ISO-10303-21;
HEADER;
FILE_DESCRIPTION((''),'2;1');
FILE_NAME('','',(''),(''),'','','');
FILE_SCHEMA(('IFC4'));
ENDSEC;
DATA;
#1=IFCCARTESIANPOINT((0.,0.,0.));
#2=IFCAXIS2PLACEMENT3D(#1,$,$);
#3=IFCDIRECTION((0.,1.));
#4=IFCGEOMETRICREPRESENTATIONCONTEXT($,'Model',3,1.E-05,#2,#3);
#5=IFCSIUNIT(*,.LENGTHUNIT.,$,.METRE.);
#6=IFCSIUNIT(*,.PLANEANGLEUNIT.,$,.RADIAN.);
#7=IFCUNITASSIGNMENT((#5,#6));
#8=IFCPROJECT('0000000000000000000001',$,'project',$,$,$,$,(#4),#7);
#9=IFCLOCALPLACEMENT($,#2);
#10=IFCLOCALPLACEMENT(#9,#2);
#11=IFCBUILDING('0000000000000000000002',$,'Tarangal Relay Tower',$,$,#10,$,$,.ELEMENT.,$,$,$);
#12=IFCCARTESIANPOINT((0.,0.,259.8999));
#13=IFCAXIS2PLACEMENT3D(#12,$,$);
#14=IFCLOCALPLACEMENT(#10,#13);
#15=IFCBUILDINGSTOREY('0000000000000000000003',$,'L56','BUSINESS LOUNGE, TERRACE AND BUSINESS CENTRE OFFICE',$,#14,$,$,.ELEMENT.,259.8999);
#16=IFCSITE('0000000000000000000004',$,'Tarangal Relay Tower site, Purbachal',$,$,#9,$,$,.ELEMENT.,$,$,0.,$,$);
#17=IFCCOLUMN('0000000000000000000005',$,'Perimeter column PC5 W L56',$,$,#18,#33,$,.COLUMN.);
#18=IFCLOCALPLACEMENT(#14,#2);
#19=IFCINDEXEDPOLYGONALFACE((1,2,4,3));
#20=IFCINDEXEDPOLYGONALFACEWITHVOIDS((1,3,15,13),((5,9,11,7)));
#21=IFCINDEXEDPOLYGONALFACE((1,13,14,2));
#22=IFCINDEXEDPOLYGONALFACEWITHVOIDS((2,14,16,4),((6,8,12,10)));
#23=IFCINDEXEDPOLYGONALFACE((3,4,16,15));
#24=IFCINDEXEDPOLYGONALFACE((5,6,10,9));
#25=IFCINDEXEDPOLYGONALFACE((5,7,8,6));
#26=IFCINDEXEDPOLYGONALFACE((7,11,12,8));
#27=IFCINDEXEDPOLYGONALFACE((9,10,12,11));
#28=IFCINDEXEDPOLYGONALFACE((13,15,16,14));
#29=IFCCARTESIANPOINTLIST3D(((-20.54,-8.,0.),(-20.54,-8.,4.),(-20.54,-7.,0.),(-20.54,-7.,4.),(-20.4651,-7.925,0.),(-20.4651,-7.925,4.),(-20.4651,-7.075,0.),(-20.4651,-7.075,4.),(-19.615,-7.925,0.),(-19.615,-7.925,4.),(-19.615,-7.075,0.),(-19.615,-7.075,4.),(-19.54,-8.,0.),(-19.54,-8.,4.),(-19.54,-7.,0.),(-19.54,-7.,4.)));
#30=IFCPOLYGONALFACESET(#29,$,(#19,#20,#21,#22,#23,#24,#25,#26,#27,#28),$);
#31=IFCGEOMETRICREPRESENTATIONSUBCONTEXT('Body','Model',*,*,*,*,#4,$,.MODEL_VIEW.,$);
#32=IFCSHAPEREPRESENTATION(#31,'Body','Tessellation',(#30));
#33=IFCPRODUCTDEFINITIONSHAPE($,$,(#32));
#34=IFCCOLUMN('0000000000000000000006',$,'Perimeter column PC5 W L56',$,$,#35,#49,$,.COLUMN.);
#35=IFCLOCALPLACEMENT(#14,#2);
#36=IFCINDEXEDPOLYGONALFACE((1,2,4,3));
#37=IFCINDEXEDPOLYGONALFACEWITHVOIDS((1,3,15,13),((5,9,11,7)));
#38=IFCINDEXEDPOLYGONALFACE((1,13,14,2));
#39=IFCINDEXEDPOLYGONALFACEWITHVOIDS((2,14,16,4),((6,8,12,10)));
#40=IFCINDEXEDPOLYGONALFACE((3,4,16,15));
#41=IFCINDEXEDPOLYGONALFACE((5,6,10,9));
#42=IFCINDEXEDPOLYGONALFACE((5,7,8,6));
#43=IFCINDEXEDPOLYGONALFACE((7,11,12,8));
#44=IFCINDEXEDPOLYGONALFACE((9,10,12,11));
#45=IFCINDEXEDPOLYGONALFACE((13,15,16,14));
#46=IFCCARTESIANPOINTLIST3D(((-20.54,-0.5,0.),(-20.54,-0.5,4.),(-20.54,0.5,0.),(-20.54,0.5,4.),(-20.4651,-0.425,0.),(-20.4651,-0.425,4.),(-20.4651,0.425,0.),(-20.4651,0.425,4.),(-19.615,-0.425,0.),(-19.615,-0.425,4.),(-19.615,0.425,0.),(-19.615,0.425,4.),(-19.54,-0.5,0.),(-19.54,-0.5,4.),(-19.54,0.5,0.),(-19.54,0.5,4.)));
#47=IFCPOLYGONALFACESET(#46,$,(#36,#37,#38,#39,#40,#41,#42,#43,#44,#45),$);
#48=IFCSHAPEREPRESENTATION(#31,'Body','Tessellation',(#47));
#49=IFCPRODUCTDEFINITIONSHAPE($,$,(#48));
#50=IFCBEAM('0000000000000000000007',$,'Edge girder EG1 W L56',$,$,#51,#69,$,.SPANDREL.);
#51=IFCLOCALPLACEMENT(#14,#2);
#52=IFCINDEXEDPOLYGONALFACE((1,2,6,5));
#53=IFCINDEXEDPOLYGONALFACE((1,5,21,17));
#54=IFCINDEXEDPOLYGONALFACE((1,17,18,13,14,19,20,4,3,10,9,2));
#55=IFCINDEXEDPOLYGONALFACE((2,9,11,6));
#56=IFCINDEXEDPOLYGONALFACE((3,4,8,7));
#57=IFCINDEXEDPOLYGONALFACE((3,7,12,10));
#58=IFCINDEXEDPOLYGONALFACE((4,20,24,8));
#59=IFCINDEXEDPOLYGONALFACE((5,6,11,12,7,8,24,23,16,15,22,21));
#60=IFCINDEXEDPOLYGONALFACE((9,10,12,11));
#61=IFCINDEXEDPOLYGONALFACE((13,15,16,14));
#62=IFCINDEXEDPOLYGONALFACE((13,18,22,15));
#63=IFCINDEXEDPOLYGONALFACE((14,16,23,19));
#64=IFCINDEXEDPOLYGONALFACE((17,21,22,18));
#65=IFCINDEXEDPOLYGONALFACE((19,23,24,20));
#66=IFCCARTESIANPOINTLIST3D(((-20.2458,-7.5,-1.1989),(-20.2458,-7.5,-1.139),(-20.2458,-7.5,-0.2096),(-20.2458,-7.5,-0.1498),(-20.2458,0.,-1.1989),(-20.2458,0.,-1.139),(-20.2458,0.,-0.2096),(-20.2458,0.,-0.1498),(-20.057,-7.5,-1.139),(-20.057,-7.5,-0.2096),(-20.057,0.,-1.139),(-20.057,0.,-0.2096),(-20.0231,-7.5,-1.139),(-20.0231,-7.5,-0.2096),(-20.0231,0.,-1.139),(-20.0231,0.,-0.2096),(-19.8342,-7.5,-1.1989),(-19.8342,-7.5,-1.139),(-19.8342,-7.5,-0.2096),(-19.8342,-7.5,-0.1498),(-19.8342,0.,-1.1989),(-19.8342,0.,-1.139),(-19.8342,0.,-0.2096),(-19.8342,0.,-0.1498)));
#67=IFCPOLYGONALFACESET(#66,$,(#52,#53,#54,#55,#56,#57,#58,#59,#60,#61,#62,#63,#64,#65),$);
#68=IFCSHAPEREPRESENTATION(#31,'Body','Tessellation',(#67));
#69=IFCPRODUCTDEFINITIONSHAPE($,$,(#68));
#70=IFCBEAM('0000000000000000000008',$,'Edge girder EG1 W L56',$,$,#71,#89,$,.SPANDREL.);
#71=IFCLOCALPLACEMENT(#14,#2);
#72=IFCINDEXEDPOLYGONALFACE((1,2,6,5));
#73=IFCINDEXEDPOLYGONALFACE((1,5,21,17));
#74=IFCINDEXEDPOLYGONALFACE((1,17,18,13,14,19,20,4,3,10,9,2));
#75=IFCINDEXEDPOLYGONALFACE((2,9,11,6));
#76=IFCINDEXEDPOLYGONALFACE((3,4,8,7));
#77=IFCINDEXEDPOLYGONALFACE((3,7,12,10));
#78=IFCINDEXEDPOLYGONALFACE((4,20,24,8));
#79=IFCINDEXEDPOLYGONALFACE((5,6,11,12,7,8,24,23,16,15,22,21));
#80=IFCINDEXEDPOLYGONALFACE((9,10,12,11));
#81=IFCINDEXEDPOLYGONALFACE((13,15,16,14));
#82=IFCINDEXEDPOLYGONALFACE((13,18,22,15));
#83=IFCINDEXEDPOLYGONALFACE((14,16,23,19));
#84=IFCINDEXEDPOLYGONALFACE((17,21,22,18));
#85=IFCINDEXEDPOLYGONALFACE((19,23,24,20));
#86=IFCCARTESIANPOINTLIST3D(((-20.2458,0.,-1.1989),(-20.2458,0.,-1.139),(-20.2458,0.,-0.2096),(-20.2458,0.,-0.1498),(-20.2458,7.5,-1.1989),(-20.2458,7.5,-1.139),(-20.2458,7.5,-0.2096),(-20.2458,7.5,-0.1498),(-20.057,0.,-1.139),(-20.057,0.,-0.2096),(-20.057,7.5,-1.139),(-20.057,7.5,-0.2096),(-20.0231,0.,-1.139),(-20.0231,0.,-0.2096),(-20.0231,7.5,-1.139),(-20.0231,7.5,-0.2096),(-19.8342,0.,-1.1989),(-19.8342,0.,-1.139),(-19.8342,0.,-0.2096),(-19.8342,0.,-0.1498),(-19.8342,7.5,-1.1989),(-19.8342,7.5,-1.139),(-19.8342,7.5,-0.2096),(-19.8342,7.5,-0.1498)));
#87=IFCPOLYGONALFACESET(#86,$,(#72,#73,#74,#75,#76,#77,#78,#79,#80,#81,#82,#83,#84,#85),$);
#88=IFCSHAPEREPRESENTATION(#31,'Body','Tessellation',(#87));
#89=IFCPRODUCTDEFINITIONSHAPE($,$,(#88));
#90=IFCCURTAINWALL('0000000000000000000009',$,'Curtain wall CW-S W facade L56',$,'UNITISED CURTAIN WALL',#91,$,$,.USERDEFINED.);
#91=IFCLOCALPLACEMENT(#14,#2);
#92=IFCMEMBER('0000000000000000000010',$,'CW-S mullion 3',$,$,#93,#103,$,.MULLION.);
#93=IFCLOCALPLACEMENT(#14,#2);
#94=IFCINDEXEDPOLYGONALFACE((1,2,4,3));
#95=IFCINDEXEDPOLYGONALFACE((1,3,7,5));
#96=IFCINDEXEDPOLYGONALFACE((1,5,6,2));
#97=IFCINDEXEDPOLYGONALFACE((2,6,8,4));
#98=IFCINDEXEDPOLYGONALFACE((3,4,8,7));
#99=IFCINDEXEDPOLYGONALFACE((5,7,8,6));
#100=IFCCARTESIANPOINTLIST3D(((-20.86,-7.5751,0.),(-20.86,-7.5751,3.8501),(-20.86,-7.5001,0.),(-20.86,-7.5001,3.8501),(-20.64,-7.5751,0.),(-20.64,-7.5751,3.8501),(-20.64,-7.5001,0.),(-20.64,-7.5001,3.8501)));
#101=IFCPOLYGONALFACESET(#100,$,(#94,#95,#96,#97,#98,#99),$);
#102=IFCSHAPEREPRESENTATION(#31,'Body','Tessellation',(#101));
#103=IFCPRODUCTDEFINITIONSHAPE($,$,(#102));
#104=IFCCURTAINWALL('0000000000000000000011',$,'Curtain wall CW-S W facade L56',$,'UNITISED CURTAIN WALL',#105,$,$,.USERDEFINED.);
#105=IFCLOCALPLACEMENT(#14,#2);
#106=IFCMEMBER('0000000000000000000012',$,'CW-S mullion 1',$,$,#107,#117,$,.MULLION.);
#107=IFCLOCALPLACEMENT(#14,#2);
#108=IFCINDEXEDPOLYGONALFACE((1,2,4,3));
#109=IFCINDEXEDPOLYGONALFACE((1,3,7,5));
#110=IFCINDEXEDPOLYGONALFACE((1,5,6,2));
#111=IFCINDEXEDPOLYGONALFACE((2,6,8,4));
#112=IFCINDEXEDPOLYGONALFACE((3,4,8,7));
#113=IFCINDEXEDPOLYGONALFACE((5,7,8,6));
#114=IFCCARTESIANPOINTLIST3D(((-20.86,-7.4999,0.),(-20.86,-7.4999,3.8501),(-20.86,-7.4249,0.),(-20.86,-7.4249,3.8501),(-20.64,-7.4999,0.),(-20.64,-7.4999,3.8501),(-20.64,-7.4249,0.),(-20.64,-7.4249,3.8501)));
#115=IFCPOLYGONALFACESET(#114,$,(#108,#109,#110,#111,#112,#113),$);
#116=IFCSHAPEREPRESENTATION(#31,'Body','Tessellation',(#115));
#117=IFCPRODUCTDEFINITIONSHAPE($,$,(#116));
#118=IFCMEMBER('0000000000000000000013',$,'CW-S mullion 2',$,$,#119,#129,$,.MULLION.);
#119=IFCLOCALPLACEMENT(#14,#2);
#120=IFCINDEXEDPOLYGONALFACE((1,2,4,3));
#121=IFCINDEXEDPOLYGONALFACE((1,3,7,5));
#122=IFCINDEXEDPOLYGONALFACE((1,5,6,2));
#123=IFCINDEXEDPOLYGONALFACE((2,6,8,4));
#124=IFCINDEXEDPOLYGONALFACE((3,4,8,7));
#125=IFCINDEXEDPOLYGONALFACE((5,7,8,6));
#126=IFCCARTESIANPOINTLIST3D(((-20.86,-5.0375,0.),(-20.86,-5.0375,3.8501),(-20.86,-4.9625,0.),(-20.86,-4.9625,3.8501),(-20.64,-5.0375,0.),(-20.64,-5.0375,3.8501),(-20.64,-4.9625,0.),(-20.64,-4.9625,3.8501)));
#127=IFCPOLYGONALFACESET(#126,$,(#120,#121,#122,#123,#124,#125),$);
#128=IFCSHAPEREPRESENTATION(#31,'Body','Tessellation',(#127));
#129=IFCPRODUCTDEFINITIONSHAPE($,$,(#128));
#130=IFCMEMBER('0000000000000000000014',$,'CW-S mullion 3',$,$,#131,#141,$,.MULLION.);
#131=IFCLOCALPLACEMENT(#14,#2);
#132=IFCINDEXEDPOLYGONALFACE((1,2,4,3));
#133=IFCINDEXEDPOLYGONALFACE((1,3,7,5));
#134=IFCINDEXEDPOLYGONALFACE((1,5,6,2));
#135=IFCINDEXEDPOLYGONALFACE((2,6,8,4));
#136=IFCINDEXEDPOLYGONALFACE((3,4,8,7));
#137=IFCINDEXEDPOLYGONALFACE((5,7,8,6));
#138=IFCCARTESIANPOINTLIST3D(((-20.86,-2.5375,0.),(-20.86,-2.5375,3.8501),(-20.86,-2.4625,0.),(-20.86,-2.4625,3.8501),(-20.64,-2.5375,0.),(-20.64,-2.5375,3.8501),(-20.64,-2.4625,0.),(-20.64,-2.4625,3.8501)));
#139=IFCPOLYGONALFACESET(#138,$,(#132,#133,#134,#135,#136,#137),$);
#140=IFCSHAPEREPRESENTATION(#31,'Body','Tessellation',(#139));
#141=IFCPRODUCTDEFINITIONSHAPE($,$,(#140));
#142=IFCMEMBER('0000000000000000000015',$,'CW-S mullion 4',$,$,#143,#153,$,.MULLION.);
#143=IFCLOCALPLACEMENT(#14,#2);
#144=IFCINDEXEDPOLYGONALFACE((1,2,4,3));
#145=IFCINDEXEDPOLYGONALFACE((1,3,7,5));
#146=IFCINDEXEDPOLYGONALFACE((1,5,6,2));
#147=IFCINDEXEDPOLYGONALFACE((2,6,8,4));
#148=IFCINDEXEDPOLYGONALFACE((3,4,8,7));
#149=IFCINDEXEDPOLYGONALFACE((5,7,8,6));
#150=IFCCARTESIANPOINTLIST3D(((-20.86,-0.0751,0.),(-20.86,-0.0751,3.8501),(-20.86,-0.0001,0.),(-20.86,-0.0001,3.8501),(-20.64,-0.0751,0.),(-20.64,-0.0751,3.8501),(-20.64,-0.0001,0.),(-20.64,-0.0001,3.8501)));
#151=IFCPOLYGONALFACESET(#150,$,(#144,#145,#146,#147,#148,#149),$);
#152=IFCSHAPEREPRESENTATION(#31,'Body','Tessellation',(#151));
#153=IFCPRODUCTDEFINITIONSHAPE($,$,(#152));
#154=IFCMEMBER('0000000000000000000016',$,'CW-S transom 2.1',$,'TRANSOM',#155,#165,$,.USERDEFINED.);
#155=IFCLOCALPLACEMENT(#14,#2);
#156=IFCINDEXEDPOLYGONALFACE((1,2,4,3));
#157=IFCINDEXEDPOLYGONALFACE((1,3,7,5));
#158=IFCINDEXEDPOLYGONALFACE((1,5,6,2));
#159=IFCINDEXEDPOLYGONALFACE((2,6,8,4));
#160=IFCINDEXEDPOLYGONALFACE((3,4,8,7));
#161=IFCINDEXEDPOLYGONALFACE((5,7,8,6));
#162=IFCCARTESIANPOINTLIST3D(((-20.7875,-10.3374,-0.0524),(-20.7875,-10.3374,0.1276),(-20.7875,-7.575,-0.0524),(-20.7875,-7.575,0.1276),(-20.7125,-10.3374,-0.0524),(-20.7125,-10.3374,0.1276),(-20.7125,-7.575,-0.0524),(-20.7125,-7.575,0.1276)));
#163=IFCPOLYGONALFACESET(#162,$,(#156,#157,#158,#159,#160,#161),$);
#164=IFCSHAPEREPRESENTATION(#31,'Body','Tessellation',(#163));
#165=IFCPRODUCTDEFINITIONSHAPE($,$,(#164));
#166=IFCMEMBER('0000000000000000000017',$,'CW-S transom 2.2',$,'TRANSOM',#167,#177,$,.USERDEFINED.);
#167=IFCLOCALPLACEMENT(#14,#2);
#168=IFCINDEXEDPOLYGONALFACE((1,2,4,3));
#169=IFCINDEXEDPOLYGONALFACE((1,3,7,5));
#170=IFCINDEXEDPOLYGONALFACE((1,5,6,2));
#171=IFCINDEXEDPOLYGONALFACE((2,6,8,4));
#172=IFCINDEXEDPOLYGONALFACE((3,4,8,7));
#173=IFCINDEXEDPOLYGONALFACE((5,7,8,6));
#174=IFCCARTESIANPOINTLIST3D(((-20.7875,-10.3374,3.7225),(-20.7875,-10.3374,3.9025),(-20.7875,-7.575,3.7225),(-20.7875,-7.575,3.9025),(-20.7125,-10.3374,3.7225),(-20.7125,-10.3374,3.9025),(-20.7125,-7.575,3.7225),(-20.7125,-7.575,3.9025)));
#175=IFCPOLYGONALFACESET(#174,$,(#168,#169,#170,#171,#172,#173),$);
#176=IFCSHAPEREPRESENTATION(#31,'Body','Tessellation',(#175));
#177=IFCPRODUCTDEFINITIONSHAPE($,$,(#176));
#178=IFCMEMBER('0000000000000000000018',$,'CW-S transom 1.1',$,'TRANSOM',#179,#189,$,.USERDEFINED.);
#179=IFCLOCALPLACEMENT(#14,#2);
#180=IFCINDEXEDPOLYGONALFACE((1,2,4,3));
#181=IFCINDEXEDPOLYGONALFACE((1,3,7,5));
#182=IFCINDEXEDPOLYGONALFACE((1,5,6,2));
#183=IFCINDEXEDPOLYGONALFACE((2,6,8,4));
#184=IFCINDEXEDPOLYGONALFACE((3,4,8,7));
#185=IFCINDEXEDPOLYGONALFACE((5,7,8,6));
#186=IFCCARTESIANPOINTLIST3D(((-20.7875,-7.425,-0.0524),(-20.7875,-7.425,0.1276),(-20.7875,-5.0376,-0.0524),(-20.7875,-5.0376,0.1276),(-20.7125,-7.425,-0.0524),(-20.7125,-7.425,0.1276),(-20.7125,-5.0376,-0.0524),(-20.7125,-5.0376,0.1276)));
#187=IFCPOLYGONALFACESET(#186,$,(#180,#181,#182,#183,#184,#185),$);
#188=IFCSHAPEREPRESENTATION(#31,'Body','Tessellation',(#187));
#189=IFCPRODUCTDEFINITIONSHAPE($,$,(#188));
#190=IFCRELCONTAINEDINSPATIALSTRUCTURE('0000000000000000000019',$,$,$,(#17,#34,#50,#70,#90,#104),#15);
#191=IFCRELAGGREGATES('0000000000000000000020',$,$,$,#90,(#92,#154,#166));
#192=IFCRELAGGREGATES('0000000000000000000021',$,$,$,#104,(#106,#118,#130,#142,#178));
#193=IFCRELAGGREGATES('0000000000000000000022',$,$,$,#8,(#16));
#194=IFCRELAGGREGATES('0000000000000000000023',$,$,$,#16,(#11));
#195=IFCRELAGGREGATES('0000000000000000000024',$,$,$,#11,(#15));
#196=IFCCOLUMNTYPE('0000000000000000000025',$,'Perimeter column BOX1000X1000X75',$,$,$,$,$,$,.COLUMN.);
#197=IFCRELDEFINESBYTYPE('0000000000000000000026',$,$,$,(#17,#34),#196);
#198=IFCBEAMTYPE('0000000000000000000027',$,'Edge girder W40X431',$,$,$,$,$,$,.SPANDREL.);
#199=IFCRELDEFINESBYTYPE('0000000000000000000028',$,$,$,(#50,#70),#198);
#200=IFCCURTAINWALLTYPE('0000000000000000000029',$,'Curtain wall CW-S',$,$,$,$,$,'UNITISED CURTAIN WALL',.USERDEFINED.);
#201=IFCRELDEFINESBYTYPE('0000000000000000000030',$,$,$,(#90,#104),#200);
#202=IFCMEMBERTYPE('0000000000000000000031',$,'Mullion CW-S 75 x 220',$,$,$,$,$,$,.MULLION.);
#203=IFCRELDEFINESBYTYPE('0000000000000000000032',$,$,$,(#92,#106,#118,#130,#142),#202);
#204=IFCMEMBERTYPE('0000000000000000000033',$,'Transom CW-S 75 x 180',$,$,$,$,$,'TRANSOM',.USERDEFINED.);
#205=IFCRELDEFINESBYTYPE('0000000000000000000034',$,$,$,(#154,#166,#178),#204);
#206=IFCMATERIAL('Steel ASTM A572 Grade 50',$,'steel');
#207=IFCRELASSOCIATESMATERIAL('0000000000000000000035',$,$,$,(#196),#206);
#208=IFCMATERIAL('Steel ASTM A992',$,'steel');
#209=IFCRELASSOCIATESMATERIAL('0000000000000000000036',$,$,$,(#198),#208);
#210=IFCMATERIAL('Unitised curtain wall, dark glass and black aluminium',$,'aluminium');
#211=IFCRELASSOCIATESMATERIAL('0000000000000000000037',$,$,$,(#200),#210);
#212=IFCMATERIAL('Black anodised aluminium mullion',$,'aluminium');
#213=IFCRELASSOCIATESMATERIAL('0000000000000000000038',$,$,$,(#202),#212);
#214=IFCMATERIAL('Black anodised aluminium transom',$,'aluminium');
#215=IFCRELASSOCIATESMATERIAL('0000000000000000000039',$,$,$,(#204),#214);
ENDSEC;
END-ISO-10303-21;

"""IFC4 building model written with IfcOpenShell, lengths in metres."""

from ifc_helpers import new_model, si_unit, direction, frame, origin, origin_2d, place, context, subcontext, project, spatial, rectangle, hollow_rectangle, i_section, extrude, material, material_profile, profile_set, type_object, element, aggregate, save


model = new_model("IFC4")

# Units and contexts
model_context = context("Model", 3, precision=1e-05, world=origin(), true_north=direction((0.0, 1.0)))
body_context = subcontext(model_context, "Body", "Model", "MODEL_VIEW")
ifc_project = project(units=[si_unit("LENGTHUNIT", "METRE"), si_unit("PLANEANGLEUNIT", "RADIAN")], contexts=[model_context])

# Site, building, storey
site_placement = place(None, origin())
site = spatial("IfcSite", under=ifc_project, at=site_placement, Name="Tarangal Relay Tower site, Purbachal", CompositionType="ELEMENT", RefElevation=0.0)
building_placement = place(site_placement, origin())
building = spatial("IfcBuilding", under=site, at=building_placement, Name="Tarangal Relay Tower", CompositionType="ELEMENT")
storey_placement = place(building_placement, frame((0.0, 0.0, 259.8999)))
storey = spatial("IfcBuildingStorey", under=building, at=storey_placement, Name="L56", Description="BUSINESS LOUNGE, TERRACE AND BUSINESS CENTRE OFFICE", CompositionType="ELEMENT", Elevation=259.8999)

# Columns
ifc_material_1 = material(Name="Steel ASTM A572 Grade 50", Category="steel")
ifc_material_profile_1 = material_profile(ifc_material_1, hollow_rectangle(XDim=1.0, YDim=1.0, WallThickness=0.075, at=origin_2d()), Name="BOX1000X1000X75")
ifc_profile_set_1 = profile_set([ifc_material_profile_1], Name="Steel ASTM A572 Grade 50")
column_type = type_object("IfcColumnType", Name="Perimeter column BOX1000X1000X75", PredefinedType="COLUMN", material=ifc_profile_set_1)
for number, where, z_axis, x_axis, name in (
    (1, (-20.04, -7.5, 0.0), (0.0, 0.0, 1.0), (1.0, 0.0, 0.0), "Perimeter column PC5 W L56"),
    (2, (-20.04, 0.0, 0.0), (0.0, 0.0, 1.0), (1.0, 0.0, 0.0), "Perimeter column PC5 W L56"),
):
    element("IfcColumn", number, at=place(storey_placement, frame(where, z_axis=z_axis, x_axis=x_axis)), inside=storey, type_object=column_type, Name=name, PredefinedType="COLUMN", context=body_context, shape_type="SweptSolid", body=[
        extrude(hollow_rectangle(XDim=1.0, YDim=1.0, WallThickness=0.075, at=origin_2d()), origin(), (0.0, 0.0, 1.0), 4.0),
    ])

# Beams
ifc_material_2 = material(Name="Steel ASTM A992", Category="steel")
ifc_material_profile_2 = material_profile(ifc_material_2, i_section(OverallWidth=0.4116, OverallDepth=1.0491, WebThickness=0.0339, FlangeThickness=0.0598, at=origin_2d()), Name="W40X431")
ifc_profile_set_2 = profile_set([ifc_material_profile_2], Name="Steel ASTM A992")
beam_type = type_object("IfcBeamType", Name="Edge girder W40X431", PredefinedType="SPANDREL", material=ifc_profile_set_2)
for number, where, z_axis, x_axis, name in (
    (3, (-20.04, -7.5, -0.6743), (0.0, 1.0, 0.0), (-1.0, 0.0, 0.0), "Edge girder EG1 W L56"),
    (4, (-20.04, 0.0, -0.6743), (0.0, 1.0, 0.0), (-1.0, 0.0, 0.0), "Edge girder EG1 W L56"),
):
    element("IfcBeam", number, at=place(storey_placement, frame(where, z_axis=z_axis, x_axis=x_axis)), inside=storey, type_object=beam_type, Name=name, PredefinedType="SPANDREL", context=body_context, shape_type="SweptSolid", body=[
        extrude(i_section(OverallWidth=0.4116, OverallDepth=1.0491, WebThickness=0.0339, FlangeThickness=0.0598, at=origin_2d()), origin(), (0.0, 0.0, 1.0), 7.5),
    ])

# Curtain wall, member
ifc_material_3 = material(Name="Unitised curtain wall, dark glass and black aluminium", Category="aluminium")
curtain_wall_type = type_object("IfcCurtainWallType", Name="Curtain wall CW-S", ElementType="UNITISED CURTAIN WALL", PredefinedType="USERDEFINED", material=ifc_material_3)
curtain_wall_1_placement = place(storey_placement, origin())
curtain_wall_1 = element("IfcCurtainWall", 5, at=curtain_wall_1_placement, inside=storey, type_object=curtain_wall_type, Name="Curtain wall CW-S W facade L56", ObjectType="UNITISED CURTAIN WALL", PredefinedType="USERDEFINED")
ifc_material_4 = material(Name="Black anodised aluminium mullion", Category="aluminium")
ifc_material_profile_3 = material_profile(ifc_material_4, rectangle(XDim=0.22, YDim=0.075, at=origin_2d()), Name="CW-SM 75X220")
ifc_profile_set_3 = profile_set([ifc_material_profile_3], Name="Black anodised aluminium mullion")
member_type_1 = type_object("IfcMemberType", Name="Mullion CW-S 75 x 220", PredefinedType="MULLION", material=ifc_profile_set_3)
member_1_placement = place(storey_placement, frame((-20.75, -7.5376, 0.0), z_axis=(0.0, 0.0, 1.0), x_axis=(-1.0, 0.0, 0.0)))
member_1 = element("IfcMember", 6, at=member_1_placement, type_object=member_type_1, Name="CW-S mullion 3", PredefinedType="MULLION", context=body_context, shape_type="SweptSolid", body=[
    extrude(rectangle(XDim=0.22, YDim=0.075, at=origin_2d()), origin(), (0.0, 0.0, 1.0), 3.8501),
])

# Curtain wall, members
curtain_wall_2_placement = place(storey_placement, origin())
curtain_wall_2 = element("IfcCurtainWall", 7, at=curtain_wall_2_placement, inside=storey, type_object=curtain_wall_type, Name="Curtain wall CW-S W facade L56", ObjectType="UNITISED CURTAIN WALL", PredefinedType="USERDEFINED")
member_2_placement = place(storey_placement, frame((-20.75, -7.4624, 0.0), z_axis=(0.0, 0.0, 1.0), x_axis=(-1.0, 0.0, 0.0)))
member_2 = element("IfcMember", 8, at=member_2_placement, type_object=member_type_1, Name="CW-S mullion 1", PredefinedType="MULLION", context=body_context, shape_type="SweptSolid", body=[
    extrude(rectangle(XDim=0.22, YDim=0.075, at=origin_2d()), origin(), (0.0, 0.0, 1.0), 3.8501),
])
member_3_placement = place(storey_placement, frame((-20.75, -5.0, 0.0), z_axis=(0.0, 0.0, 1.0), x_axis=(-1.0, 0.0, 0.0)))
member_3 = element("IfcMember", 9, at=member_3_placement, type_object=member_type_1, Name="CW-S mullion 2", PredefinedType="MULLION", context=body_context, shape_type="SweptSolid", body=[
    extrude(rectangle(XDim=0.22, YDim=0.075, at=origin_2d()), origin(), (0.0, 0.0, 1.0), 3.8501),
])
member_4_placement = place(storey_placement, frame((-20.75, -2.5, 0.0), z_axis=(0.0, 0.0, 1.0), x_axis=(-1.0, 0.0, 0.0)))
member_4 = element("IfcMember", 10, at=member_4_placement, type_object=member_type_1, Name="CW-S mullion 3", PredefinedType="MULLION", context=body_context, shape_type="SweptSolid", body=[
    extrude(rectangle(XDim=0.22, YDim=0.075, at=origin_2d()), origin(), (0.0, 0.0, 1.0), 3.8501),
])
member_5_placement = place(storey_placement, frame((-20.75, -0.0376, 0.0), z_axis=(0.0, 0.0, 1.0), x_axis=(-1.0, 0.0, 0.0)))
member_5 = element("IfcMember", 11, at=member_5_placement, type_object=member_type_1, Name="CW-S mullion 4", PredefinedType="MULLION", context=body_context, shape_type="SweptSolid", body=[
    extrude(rectangle(XDim=0.22, YDim=0.075, at=origin_2d()), origin(), (0.0, 0.0, 1.0), 3.8501),
])

# Members
ifc_material_5 = material(Name="Black anodised aluminium transom", Category="aluminium")
ifc_material_profile_4 = material_profile(ifc_material_5, rectangle(XDim=0.075, YDim=0.1799, at=origin_2d()), Name="CW-ST 75X180")
ifc_profile_set_4 = profile_set([ifc_material_profile_4], Name="Black anodised aluminium transom")
member_type_2 = type_object("IfcMemberType", Name="Transom CW-S 75 x 180", ElementType="TRANSOM", PredefinedType="USERDEFINED", material=ifc_profile_set_4)
member_6_placement = place(storey_placement, frame((-20.75, -10.3374, 0.0376), z_axis=(0.0, 1.0, 0.0), x_axis=(-1.0, 0.0, 0.0)))
member_6 = element("IfcMember", 12, at=member_6_placement, type_object=member_type_2, Name="CW-S transom 2.1", ObjectType="TRANSOM", PredefinedType="USERDEFINED", context=body_context, shape_type="SweptSolid", body=[
    extrude(rectangle(XDim=0.075, YDim=0.1799, at=origin_2d()), origin(), (0.0, 0.0, 1.0), 2.7625),
])
member_7_placement = place(storey_placement, frame((-20.75, -10.3374, 3.8125), z_axis=(0.0, 1.0, 0.0), x_axis=(-1.0, 0.0, 0.0)))
member_7 = element("IfcMember", 13, at=member_7_placement, type_object=member_type_2, Name="CW-S transom 2.2", ObjectType="TRANSOM", PredefinedType="USERDEFINED", context=body_context, shape_type="SweptSolid", body=[
    extrude(rectangle(XDim=0.075, YDim=0.1799, at=origin_2d()), origin(), (0.0, 0.0, 1.0), 2.7625),
])
member_8_placement = place(storey_placement, frame((-20.75, -7.425, 0.0376), z_axis=(0.0, 1.0, 0.0), x_axis=(-1.0, 0.0, 0.0)))
member_8 = element("IfcMember", 14, at=member_8_placement, type_object=member_type_2, Name="CW-S transom 1.1", ObjectType="TRANSOM", PredefinedType="USERDEFINED", context=body_context, shape_type="SweptSolid", body=[
    extrude(rectangle(XDim=0.075, YDim=0.1799, at=origin_2d()), origin(), (0.0, 0.0, 1.0), 2.3875),
])

aggregate(curtain_wall_1, [member_1, member_6, member_7])
aggregate(curtain_wall_2, [member_2, member_3, member_4, member_5, member_8])

save(model, "model.ifc")
